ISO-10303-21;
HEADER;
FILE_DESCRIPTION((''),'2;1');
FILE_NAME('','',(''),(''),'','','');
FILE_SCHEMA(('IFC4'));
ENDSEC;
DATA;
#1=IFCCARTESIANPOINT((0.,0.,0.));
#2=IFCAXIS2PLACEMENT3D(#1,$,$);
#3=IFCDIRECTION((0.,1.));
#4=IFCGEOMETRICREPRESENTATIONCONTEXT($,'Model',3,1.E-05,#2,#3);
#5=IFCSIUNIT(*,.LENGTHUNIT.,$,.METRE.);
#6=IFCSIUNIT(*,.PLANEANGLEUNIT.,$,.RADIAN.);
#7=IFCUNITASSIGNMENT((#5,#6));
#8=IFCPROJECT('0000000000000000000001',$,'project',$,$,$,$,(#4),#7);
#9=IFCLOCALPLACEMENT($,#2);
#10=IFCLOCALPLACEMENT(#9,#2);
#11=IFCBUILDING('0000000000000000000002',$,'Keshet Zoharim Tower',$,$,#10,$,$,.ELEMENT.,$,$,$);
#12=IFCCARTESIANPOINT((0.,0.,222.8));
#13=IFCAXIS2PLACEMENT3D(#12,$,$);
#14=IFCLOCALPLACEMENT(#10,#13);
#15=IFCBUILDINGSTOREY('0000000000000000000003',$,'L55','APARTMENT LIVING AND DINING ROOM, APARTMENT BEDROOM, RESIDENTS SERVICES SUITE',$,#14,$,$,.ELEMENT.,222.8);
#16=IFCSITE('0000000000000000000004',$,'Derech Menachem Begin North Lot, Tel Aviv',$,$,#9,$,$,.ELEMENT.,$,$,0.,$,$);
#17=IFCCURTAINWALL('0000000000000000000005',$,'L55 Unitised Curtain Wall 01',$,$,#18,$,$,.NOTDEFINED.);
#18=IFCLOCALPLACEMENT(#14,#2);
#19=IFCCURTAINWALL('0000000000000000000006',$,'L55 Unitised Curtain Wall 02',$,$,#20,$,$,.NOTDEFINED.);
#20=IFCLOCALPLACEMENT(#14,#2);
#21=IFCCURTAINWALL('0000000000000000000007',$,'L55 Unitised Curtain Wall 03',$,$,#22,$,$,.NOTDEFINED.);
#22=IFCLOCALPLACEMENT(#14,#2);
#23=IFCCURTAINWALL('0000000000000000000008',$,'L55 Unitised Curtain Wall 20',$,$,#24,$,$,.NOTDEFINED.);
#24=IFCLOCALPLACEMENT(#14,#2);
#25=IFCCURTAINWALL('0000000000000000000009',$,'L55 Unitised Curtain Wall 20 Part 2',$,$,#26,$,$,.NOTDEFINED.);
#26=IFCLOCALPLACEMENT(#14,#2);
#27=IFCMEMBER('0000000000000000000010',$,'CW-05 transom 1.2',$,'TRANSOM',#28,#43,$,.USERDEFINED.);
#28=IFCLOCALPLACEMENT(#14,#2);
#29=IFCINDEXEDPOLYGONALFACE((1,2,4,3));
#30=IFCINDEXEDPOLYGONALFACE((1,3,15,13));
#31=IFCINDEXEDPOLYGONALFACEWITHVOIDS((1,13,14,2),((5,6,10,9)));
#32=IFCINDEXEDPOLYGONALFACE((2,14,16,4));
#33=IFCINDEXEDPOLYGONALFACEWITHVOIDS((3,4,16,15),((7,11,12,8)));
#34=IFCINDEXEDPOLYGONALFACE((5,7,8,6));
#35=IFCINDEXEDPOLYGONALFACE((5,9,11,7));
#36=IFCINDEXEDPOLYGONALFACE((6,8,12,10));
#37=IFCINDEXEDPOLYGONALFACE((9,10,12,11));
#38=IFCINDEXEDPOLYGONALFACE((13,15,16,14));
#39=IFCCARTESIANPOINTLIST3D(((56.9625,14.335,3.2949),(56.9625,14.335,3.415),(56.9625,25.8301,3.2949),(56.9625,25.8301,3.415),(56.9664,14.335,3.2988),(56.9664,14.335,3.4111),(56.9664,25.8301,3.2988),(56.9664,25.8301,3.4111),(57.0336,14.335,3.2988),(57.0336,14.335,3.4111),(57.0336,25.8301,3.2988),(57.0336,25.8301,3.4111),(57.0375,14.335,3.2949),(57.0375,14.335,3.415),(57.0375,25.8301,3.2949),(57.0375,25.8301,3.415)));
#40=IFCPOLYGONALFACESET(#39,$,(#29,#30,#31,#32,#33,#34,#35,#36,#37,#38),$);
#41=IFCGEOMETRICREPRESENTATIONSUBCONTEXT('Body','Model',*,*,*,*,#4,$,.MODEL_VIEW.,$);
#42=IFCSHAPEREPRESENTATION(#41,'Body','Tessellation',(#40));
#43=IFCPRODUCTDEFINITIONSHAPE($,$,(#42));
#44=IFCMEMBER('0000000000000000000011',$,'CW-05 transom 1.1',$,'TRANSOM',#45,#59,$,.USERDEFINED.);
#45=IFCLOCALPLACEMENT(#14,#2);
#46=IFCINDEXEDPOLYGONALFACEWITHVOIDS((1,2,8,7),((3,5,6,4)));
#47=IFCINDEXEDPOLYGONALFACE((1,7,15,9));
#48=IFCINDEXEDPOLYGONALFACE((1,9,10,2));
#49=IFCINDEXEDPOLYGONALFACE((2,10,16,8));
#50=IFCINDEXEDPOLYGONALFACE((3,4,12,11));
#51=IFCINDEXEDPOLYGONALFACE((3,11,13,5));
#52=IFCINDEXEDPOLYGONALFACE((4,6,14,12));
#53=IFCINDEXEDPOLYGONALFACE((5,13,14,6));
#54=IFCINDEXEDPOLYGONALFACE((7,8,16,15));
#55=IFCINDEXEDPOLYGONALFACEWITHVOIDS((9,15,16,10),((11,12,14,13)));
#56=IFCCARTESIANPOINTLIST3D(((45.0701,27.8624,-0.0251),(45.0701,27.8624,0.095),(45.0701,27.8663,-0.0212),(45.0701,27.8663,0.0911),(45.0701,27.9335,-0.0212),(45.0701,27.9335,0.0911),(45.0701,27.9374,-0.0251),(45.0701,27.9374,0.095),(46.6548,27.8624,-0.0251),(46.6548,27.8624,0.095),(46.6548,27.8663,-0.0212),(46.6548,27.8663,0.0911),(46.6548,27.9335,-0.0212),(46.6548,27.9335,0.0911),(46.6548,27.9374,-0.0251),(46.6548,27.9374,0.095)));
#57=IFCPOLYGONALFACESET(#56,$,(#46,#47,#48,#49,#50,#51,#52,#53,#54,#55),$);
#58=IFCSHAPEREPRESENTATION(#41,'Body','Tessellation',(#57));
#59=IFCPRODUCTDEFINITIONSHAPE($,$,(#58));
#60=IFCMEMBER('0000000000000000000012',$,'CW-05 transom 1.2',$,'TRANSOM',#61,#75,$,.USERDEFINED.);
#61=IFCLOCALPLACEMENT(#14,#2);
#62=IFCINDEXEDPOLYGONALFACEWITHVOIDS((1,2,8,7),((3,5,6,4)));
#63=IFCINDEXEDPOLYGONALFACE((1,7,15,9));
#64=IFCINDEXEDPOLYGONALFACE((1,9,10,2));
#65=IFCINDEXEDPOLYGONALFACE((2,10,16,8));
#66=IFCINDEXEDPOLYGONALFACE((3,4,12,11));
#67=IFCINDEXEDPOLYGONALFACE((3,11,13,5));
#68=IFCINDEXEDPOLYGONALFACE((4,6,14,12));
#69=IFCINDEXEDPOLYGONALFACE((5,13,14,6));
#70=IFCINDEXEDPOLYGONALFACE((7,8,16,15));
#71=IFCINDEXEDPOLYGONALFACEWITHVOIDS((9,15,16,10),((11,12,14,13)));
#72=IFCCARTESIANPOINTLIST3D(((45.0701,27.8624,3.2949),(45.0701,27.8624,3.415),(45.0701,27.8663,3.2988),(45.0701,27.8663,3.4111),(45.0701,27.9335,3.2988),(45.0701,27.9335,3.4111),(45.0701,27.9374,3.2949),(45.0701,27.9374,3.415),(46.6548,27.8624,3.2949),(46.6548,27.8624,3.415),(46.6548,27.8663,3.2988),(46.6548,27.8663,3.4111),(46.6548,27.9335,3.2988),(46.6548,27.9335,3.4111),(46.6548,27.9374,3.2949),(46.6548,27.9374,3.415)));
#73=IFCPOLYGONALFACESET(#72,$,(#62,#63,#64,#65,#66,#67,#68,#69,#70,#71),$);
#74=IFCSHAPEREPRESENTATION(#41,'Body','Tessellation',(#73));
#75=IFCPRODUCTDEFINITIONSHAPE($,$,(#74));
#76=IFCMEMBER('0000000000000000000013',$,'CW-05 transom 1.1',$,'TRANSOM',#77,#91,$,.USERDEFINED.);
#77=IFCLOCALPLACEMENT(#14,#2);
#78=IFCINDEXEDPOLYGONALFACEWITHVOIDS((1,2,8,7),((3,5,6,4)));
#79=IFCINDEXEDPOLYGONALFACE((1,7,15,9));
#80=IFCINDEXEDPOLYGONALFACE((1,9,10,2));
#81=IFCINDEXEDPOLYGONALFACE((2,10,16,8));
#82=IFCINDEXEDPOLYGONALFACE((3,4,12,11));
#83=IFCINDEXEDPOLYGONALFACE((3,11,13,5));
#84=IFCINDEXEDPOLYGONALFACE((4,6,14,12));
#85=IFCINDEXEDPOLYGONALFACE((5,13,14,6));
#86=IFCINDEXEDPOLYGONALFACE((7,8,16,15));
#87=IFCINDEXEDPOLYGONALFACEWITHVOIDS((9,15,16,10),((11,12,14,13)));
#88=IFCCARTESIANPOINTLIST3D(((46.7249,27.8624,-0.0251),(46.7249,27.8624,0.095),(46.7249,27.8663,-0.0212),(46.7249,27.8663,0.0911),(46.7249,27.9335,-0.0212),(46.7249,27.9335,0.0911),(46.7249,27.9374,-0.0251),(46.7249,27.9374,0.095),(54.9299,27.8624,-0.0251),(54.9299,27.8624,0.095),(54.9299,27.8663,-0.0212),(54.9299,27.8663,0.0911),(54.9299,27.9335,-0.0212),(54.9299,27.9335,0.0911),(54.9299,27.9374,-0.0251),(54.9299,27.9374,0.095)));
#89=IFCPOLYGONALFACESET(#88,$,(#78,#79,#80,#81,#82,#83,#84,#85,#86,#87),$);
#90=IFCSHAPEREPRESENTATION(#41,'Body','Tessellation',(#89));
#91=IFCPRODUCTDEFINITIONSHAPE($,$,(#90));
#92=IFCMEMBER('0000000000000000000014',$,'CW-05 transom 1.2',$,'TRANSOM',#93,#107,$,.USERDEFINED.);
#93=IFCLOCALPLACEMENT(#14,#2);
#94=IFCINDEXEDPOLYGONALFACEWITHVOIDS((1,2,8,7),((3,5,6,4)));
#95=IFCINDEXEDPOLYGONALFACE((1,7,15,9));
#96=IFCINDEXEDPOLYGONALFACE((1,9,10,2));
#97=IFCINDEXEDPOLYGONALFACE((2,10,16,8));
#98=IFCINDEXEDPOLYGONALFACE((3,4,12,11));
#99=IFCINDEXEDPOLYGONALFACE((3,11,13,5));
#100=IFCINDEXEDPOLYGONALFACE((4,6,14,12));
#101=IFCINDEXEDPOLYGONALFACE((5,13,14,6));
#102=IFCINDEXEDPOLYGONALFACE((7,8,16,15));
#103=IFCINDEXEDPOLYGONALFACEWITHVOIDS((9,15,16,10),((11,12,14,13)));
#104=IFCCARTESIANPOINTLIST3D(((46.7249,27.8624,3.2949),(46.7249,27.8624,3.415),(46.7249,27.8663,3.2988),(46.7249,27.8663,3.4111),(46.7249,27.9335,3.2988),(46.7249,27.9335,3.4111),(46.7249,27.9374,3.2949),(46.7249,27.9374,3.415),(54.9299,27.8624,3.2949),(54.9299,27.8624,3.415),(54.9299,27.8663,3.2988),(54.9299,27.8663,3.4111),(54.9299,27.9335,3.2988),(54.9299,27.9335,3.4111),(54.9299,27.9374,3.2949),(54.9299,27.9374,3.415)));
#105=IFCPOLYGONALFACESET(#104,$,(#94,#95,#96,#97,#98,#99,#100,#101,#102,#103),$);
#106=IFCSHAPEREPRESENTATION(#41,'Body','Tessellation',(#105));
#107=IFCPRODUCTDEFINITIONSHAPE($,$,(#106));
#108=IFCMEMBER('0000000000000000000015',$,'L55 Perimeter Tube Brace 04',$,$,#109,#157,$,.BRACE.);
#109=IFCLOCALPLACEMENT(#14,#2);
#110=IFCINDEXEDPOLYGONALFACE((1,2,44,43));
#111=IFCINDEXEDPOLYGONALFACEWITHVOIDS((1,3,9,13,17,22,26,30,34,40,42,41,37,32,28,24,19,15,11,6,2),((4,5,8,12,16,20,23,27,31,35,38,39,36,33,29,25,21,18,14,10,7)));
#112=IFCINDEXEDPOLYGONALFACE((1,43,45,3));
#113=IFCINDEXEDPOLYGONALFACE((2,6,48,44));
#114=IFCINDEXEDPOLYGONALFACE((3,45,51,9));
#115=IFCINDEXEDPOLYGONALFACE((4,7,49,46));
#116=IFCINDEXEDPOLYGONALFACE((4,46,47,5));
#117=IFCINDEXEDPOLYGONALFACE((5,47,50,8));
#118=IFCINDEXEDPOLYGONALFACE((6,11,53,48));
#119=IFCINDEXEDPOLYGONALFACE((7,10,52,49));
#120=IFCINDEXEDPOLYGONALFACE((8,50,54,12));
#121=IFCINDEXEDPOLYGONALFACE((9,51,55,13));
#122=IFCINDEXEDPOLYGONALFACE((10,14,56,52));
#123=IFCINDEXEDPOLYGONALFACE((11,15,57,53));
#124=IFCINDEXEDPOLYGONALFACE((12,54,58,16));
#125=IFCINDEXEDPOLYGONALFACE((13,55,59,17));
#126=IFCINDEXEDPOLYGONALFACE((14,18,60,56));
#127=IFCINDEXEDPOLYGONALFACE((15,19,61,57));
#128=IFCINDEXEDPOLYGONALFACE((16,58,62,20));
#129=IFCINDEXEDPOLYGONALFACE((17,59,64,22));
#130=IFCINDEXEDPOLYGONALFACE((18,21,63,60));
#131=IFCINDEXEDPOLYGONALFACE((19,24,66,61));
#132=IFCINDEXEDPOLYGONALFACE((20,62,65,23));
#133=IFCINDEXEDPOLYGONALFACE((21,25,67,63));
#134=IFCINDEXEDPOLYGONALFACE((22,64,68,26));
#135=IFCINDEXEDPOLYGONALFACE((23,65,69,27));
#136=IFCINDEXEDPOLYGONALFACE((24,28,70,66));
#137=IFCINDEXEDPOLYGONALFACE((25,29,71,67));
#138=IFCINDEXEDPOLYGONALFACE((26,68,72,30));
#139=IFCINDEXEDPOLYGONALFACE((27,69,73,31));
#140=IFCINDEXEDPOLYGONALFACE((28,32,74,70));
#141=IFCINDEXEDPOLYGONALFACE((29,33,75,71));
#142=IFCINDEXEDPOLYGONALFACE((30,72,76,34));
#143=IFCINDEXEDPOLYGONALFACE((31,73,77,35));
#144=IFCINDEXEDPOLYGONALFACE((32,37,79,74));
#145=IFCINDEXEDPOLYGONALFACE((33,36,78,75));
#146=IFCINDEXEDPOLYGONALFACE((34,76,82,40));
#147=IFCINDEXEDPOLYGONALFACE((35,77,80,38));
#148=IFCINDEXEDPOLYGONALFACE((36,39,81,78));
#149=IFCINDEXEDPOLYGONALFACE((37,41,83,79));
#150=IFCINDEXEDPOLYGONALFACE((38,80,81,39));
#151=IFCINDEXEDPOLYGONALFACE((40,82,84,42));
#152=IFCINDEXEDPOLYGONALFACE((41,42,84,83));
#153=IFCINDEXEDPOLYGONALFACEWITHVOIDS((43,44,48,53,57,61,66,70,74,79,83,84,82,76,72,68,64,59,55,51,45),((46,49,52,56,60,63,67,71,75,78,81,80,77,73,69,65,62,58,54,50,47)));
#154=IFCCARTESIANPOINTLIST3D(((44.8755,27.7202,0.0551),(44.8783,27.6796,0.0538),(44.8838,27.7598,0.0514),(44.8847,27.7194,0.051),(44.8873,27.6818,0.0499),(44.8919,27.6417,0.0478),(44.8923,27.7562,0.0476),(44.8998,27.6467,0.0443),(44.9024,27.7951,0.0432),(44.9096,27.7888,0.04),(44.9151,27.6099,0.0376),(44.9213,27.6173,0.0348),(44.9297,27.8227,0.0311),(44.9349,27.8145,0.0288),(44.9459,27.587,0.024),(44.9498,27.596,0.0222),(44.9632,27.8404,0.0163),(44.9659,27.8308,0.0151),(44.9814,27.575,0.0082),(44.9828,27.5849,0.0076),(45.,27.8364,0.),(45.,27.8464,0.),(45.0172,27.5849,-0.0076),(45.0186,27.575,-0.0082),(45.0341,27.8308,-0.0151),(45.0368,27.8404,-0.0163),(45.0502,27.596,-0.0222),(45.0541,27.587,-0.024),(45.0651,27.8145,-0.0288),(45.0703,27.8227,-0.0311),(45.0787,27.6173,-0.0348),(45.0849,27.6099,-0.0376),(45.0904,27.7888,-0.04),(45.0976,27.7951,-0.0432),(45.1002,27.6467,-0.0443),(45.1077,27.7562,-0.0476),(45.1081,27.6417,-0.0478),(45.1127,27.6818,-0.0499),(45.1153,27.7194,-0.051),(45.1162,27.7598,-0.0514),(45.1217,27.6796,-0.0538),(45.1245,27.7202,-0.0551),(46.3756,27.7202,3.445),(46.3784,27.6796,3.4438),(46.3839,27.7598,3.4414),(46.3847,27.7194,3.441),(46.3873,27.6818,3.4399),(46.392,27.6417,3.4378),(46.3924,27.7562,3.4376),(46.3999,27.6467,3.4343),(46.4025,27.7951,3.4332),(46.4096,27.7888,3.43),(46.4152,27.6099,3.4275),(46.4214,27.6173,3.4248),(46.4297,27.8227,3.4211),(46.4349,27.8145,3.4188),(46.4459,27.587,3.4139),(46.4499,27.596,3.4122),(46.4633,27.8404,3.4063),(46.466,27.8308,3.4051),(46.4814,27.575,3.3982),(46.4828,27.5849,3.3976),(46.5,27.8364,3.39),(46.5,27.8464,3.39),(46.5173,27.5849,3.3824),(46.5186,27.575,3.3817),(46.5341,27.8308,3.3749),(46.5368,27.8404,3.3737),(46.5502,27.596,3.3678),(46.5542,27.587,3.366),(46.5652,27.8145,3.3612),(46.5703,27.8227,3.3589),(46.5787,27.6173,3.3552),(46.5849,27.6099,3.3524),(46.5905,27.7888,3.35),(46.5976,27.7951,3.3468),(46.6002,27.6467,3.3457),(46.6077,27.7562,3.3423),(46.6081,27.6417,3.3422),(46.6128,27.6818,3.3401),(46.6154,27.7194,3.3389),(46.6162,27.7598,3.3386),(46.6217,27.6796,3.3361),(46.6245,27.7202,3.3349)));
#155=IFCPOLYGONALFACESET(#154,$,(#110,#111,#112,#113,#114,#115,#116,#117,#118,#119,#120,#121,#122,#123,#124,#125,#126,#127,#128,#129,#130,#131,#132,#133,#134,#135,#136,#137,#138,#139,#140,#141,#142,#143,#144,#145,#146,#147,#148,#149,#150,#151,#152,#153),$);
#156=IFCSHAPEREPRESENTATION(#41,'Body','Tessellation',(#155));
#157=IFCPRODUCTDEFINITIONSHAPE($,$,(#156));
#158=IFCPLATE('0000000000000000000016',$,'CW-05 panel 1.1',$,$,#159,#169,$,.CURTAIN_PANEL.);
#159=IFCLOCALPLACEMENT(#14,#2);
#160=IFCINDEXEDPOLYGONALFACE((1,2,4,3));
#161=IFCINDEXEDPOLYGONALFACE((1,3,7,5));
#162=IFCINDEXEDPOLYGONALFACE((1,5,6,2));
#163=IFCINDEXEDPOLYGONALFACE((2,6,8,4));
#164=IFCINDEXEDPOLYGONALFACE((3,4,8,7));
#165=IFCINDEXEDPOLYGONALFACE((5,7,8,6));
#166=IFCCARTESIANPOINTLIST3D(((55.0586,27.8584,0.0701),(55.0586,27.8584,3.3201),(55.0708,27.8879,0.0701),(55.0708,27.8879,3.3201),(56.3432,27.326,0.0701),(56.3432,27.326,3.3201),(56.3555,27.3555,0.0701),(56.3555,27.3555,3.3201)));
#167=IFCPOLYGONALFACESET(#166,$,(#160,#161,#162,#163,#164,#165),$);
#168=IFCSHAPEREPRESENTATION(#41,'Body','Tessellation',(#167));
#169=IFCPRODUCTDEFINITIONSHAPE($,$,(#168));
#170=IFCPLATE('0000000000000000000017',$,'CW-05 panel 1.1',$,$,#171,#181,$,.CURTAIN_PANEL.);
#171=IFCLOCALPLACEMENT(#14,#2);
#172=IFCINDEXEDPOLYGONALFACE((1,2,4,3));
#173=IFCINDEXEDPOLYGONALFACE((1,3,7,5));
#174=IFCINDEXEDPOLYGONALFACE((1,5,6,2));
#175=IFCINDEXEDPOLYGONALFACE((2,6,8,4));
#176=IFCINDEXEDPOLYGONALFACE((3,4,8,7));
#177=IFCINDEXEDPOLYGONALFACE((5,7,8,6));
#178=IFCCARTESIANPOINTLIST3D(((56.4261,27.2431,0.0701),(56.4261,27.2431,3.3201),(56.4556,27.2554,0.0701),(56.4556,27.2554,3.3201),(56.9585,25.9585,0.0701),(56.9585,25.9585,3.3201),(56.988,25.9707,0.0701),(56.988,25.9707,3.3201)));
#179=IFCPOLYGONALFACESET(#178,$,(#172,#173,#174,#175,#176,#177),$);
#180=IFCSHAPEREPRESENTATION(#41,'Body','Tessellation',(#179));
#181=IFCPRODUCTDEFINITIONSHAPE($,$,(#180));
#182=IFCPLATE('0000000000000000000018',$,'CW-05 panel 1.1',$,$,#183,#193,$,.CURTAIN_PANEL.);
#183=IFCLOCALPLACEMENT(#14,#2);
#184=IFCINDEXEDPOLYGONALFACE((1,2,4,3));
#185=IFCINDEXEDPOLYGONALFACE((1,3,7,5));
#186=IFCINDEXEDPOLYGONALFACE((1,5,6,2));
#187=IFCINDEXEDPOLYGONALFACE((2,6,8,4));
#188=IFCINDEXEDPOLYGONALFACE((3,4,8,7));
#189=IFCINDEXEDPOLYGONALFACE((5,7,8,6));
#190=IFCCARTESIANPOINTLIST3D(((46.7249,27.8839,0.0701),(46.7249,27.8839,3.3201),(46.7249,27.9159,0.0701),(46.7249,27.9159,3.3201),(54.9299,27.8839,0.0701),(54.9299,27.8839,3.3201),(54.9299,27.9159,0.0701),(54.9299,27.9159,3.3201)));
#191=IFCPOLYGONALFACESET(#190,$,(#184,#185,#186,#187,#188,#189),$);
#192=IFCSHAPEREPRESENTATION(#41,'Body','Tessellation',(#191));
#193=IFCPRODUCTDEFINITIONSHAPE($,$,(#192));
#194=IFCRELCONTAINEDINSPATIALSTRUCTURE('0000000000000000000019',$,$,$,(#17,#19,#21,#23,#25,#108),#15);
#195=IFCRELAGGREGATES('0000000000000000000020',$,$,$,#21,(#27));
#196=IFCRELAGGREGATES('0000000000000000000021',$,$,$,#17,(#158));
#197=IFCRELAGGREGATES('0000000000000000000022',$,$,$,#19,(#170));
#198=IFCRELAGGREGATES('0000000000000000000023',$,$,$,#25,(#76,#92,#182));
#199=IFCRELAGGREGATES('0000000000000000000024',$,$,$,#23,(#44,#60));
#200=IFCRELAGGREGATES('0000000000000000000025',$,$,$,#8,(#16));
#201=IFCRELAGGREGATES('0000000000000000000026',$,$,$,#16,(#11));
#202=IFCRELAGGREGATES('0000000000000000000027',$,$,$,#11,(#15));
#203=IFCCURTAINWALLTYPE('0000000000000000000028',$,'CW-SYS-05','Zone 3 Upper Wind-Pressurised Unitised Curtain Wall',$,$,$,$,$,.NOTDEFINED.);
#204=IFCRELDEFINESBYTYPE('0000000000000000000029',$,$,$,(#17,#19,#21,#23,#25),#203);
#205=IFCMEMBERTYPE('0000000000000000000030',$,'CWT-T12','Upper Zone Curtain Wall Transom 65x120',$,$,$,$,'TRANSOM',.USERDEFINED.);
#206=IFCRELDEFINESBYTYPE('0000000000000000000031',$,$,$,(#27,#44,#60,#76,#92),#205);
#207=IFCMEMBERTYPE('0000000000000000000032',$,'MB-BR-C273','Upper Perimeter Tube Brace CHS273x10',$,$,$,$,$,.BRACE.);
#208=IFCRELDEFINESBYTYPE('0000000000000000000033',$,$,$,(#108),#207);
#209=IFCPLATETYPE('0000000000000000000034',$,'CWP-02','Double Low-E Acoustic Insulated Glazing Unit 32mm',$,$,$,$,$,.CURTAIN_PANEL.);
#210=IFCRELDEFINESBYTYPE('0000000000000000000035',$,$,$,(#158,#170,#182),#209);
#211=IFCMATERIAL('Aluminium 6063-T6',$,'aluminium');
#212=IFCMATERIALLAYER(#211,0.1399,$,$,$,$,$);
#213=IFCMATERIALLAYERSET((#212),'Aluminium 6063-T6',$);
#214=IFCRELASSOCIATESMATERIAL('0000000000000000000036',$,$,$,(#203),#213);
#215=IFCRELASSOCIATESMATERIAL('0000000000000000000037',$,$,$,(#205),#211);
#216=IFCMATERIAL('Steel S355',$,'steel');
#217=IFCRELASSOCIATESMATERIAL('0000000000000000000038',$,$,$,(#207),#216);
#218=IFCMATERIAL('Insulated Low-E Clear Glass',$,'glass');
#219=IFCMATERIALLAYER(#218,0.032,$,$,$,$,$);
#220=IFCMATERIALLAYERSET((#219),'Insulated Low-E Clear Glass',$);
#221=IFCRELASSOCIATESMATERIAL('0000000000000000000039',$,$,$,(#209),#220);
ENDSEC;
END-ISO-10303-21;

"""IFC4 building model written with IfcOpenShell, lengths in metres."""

from ifc_helpers import new_model, si_unit, direction, frame, origin, origin_2d, place, context, subcontext, project, spatial, rectangle, hollow_rectangle, hollow_circle, extrude, material, layer, layer_set, material_profile, profile_set, type_object, element, aggregate, save


model = new_model("IFC4")

# Units and contexts
model_context = context("Model", 3, precision=1e-05, world=origin(), true_north=direction((0.0, 1.0)))
body_context = subcontext(model_context, "Body", "Model", "MODEL_VIEW")
ifc_project = project(units=[si_unit("LENGTHUNIT", "METRE"), si_unit("PLANEANGLEUNIT", "RADIAN")], contexts=[model_context])

# Site, building, storey
site_placement = place(None, origin())
site = spatial("IfcSite", under=ifc_project, at=site_placement, Name="Derech Menachem Begin North Lot, Tel Aviv", CompositionType="ELEMENT", RefElevation=0.0)
building_placement = place(site_placement, origin())
building = spatial("IfcBuilding", under=site, at=building_placement, Name="Keshet Zoharim Tower", CompositionType="ELEMENT")
storey_placement = place(building_placement, frame((0.0, 0.0, 222.8)))
storey = spatial("IfcBuildingStorey", under=building, at=storey_placement, Name="L55", Description="APARTMENT LIVING AND DINING ROOM, APARTMENT BEDROOM, RESIDENTS SERVICES SUITE", CompositionType="ELEMENT", Elevation=222.8)

# Shared definitions
ifc_material_1 = material(Name="Steel S355", Category="steel")

# Curtain walls
ifc_material_2 = material(Name="Aluminium 6063-T6", Category="aluminium")
ifc_layer_1 = layer(ifc_material_2, 0.1399)
ifc_layer_set_1 = layer_set([ifc_layer_1], Name="Aluminium 6063-T6")
curtain_wall_type = type_object("IfcCurtainWallType", Name="CW-SYS-05", Description="Zone 3 Upper Wind-Pressurised Unitised Curtain Wall", PredefinedType="NOTDEFINED", material=ifc_layer_set_1)
curtain_wall_1_placement = place(storey_placement, origin())
curtain_wall_1 = element("IfcCurtainWall", 1, at=curtain_wall_1_placement, inside=storey, type_object=curtain_wall_type, Name="L55 Unitised Curtain Wall 01", PredefinedType="NOTDEFINED")
curtain_wall_2_placement = place(storey_placement, origin())
curtain_wall_2 = element("IfcCurtainWall", 2, at=curtain_wall_2_placement, inside=storey, type_object=curtain_wall_type, Name="L55 Unitised Curtain Wall 02", PredefinedType="NOTDEFINED")

# Curtain wall
curtain_wall_3_placement = place(storey_placement, origin())
curtain_wall_3 = element("IfcCurtainWall", 3, at=curtain_wall_3_placement, inside=storey, type_object=curtain_wall_type, Name="L55 Unitised Curtain Wall 03", PredefinedType="NOTDEFINED")

# Curtain wall
curtain_wall_4_placement = place(storey_placement, origin())
curtain_wall_4 = element("IfcCurtainWall", 4, at=curtain_wall_4_placement, inside=storey, type_object=curtain_wall_type, Name="L55 Unitised Curtain Wall 20", PredefinedType="NOTDEFINED")

# Curtain wall
curtain_wall_5_placement = place(storey_placement, origin())
curtain_wall_5 = element("IfcCurtainWall", 5, at=curtain_wall_5_placement, inside=storey, type_object=curtain_wall_type, Name="L55 Unitised Curtain Wall 20 Part 2", PredefinedType="NOTDEFINED")

# Members
ifc_material_profile_1 = material_profile(ifc_material_2, hollow_rectangle(XDim=0.075, YDim=0.1201, WallThickness=0.0039, at=origin_2d()), Name="TRN-75x120")
ifc_profile_set_1 = profile_set([ifc_material_profile_1], Name="Aluminium 6063-T6")
member_type_1 = type_object("IfcMemberType", Name="CWT-T12", Description="Upper Zone Curtain Wall Transom 65x120", ElementType="TRANSOM", PredefinedType="USERDEFINED", material=ifc_profile_set_1)
member_1_placement = place(storey_placement, frame((57.0, 25.8301, 3.355), z_axis=(0.0, -1.0, 0.0), x_axis=(1.0, 0.0, 0.0)))
member_1 = element("IfcMember", 6, at=member_1_placement, type_object=member_type_1, Name="CW-05 transom 1.2", ObjectType="TRANSOM", PredefinedType="USERDEFINED", context=body_context, shape_type="SweptSolid", body=[
    extrude(hollow_rectangle(XDim=0.075, YDim=0.1201, WallThickness=0.0039, at=origin_2d()), origin(), (0.0, 0.0, 1.0), 11.4951),
])
aggregate(curtain_wall_3, [member_1])
member_2_placement = place(storey_placement, frame((45.0701, 27.8999, 0.0349), z_axis=(1.0, 0.0, 0.0), x_axis=(0.0, 1.0, 0.0)))
member_2 = element("IfcMember", 7, at=member_2_placement, type_object=member_type_1, Name="CW-05 transom 1.1", ObjectType="TRANSOM", PredefinedType="USERDEFINED", context=body_context, shape_type="SweptSolid", body=[
    extrude(hollow_rectangle(XDim=0.075, YDim=0.1201, WallThickness=0.0039, at=origin_2d()), origin(), (0.0, 0.0, 1.0), 1.5847),
])
member_3_placement = place(storey_placement, frame((45.0701, 27.8999, 3.355), z_axis=(1.0, 0.0, 0.0), x_axis=(0.0, 1.0, 0.0)))
member_3 = element("IfcMember", 8, at=member_3_placement, type_object=member_type_1, Name="CW-05 transom 1.2", ObjectType="TRANSOM", PredefinedType="USERDEFINED", context=body_context, shape_type="SweptSolid", body=[
    extrude(hollow_rectangle(XDim=0.075, YDim=0.1201, WallThickness=0.0039, at=origin_2d()), origin(), (0.0, 0.0, 1.0), 1.5847),
])
member_4_placement = place(storey_placement, frame((46.7249, 27.8999, 0.0349), z_axis=(1.0, 0.0, 0.0), x_axis=(0.0, 1.0, 0.0)))
member_4 = element("IfcMember", 9, at=member_4_placement, type_object=member_type_1, Name="CW-05 transom 1.1", ObjectType="TRANSOM", PredefinedType="USERDEFINED", context=body_context, shape_type="SweptSolid", body=[
    extrude(hollow_rectangle(XDim=0.075, YDim=0.1201, WallThickness=0.0039, at=origin_2d()), origin(), (0.0, 0.0, 1.0), 8.2051),
])
member_5_placement = place(storey_placement, frame((46.7249, 27.8999, 3.355), z_axis=(1.0, 0.0, 0.0), x_axis=(0.0, 1.0, 0.0)))
member_5 = element("IfcMember", 10, at=member_5_placement, type_object=member_type_1, Name="CW-05 transom 1.2", ObjectType="TRANSOM", PredefinedType="USERDEFINED", context=body_context, shape_type="SweptSolid", body=[
    extrude(hollow_rectangle(XDim=0.075, YDim=0.1201, WallThickness=0.0039, at=origin_2d()), origin(), (0.0, 0.0, 1.0), 8.2051),
])
ifc_material_profile_2 = material_profile(ifc_material_1, hollow_circle(Radius=0.1365, WallThickness=0.01, at=origin_2d()), Name="CHS273x10")
ifc_profile_set_2 = profile_set([ifc_material_profile_2], Name="Steel S355")
member_type_2 = type_object("IfcMemberType", Name="MB-BR-C273", Description="Upper Perimeter Tube Brace CHS273x10", PredefinedType="BRACE", material=ifc_profile_set_2)
member_6_placement = place(storey_placement, frame((45.0, 27.71, 0.0), z_axis=(0.404647, 0.0, 0.914473), x_axis=(0.0, 1.0, 0.0)))
element("IfcMember", 11, at=member_6_placement, inside=storey, type_object=member_type_2, Name="L55 Perimeter Tube Brace 04", PredefinedType="BRACE", context=body_context, shape_type="SweptSolid", body=[
    extrude(hollow_circle(Radius=0.1365, WallThickness=0.01, at=origin_2d()), origin(), (0.0, 0.0, 1.0), 3.707),
])

# Plates
ifc_material_3 = material(Name="Insulated Low-E Clear Glass", Category="glass")
ifc_layer_2 = layer(ifc_material_3, 0.032)
ifc_layer_set_2 = layer_set([ifc_layer_2], Name="Insulated Low-E Clear Glass")
plate_type_1 = type_object("IfcPlateType", Name="CWP-02", Description="Double Low-E Acoustic Insulated Glazing Unit 32mm", PredefinedType="CURTAIN_PANEL", material=ifc_layer_set_2)
plate_1_placement = place(storey_placement, frame((55.707, 27.6069, 0.0701), z_axis=(0.0, 0.0, 1.0), x_axis=(0.92381, -0.382852, 0.0)))
plate_1 = element("IfcPlate", 12, at=plate_1_placement, type_object=plate_type_1, Name="CW-05 panel 1.1", PredefinedType="CURTAIN_PANEL", context=body_context, shape_type="SweptSolid", body=[
    extrude(rectangle(XDim=1.3906, YDim=0.032, at=origin_2d()), origin(), (0.0, 0.0, 1.0), 3.25),
])
aggregate(curtain_wall_1, [plate_1])
plate_2_placement = place(storey_placement, frame((56.707, 26.6069, 0.0701), z_axis=(0.0, 0.0, 1.0), x_axis=(0.382852, -0.92381, 0.0)))
plate_2 = element("IfcPlate", 13, at=plate_2_placement, type_object=plate_type_1, Name="CW-05 panel 1.1", PredefinedType="CURTAIN_PANEL", context=body_context, shape_type="SweptSolid", body=[
    extrude(rectangle(XDim=1.3906, YDim=0.032, at=origin_2d()), origin(), (0.0, 0.0, 1.0), 3.25),
])
aggregate(curtain_wall_2, [plate_2])
plate_3_placement = place(storey_placement, frame((50.8274, 27.8999, 0.0701), z_axis=(0.0, 0.0, 1.0), x_axis=(1.0, 0.0, 0.0)))
plate_3 = element("IfcPlate", 14, at=plate_3_placement, type_object=plate_type_1, Name="CW-05 panel 1.1", PredefinedType="CURTAIN_PANEL", context=body_context, shape_type="SweptSolid", body=[
    extrude(rectangle(XDim=8.2051, YDim=0.032, at=origin_2d()), origin(), (0.0, 0.0, 1.0), 3.25),
])
aggregate(curtain_wall_5, [member_4, member_5, plate_3])
aggregate(curtain_wall_4, [member_2, member_3])

save(model, "model.ifc")
